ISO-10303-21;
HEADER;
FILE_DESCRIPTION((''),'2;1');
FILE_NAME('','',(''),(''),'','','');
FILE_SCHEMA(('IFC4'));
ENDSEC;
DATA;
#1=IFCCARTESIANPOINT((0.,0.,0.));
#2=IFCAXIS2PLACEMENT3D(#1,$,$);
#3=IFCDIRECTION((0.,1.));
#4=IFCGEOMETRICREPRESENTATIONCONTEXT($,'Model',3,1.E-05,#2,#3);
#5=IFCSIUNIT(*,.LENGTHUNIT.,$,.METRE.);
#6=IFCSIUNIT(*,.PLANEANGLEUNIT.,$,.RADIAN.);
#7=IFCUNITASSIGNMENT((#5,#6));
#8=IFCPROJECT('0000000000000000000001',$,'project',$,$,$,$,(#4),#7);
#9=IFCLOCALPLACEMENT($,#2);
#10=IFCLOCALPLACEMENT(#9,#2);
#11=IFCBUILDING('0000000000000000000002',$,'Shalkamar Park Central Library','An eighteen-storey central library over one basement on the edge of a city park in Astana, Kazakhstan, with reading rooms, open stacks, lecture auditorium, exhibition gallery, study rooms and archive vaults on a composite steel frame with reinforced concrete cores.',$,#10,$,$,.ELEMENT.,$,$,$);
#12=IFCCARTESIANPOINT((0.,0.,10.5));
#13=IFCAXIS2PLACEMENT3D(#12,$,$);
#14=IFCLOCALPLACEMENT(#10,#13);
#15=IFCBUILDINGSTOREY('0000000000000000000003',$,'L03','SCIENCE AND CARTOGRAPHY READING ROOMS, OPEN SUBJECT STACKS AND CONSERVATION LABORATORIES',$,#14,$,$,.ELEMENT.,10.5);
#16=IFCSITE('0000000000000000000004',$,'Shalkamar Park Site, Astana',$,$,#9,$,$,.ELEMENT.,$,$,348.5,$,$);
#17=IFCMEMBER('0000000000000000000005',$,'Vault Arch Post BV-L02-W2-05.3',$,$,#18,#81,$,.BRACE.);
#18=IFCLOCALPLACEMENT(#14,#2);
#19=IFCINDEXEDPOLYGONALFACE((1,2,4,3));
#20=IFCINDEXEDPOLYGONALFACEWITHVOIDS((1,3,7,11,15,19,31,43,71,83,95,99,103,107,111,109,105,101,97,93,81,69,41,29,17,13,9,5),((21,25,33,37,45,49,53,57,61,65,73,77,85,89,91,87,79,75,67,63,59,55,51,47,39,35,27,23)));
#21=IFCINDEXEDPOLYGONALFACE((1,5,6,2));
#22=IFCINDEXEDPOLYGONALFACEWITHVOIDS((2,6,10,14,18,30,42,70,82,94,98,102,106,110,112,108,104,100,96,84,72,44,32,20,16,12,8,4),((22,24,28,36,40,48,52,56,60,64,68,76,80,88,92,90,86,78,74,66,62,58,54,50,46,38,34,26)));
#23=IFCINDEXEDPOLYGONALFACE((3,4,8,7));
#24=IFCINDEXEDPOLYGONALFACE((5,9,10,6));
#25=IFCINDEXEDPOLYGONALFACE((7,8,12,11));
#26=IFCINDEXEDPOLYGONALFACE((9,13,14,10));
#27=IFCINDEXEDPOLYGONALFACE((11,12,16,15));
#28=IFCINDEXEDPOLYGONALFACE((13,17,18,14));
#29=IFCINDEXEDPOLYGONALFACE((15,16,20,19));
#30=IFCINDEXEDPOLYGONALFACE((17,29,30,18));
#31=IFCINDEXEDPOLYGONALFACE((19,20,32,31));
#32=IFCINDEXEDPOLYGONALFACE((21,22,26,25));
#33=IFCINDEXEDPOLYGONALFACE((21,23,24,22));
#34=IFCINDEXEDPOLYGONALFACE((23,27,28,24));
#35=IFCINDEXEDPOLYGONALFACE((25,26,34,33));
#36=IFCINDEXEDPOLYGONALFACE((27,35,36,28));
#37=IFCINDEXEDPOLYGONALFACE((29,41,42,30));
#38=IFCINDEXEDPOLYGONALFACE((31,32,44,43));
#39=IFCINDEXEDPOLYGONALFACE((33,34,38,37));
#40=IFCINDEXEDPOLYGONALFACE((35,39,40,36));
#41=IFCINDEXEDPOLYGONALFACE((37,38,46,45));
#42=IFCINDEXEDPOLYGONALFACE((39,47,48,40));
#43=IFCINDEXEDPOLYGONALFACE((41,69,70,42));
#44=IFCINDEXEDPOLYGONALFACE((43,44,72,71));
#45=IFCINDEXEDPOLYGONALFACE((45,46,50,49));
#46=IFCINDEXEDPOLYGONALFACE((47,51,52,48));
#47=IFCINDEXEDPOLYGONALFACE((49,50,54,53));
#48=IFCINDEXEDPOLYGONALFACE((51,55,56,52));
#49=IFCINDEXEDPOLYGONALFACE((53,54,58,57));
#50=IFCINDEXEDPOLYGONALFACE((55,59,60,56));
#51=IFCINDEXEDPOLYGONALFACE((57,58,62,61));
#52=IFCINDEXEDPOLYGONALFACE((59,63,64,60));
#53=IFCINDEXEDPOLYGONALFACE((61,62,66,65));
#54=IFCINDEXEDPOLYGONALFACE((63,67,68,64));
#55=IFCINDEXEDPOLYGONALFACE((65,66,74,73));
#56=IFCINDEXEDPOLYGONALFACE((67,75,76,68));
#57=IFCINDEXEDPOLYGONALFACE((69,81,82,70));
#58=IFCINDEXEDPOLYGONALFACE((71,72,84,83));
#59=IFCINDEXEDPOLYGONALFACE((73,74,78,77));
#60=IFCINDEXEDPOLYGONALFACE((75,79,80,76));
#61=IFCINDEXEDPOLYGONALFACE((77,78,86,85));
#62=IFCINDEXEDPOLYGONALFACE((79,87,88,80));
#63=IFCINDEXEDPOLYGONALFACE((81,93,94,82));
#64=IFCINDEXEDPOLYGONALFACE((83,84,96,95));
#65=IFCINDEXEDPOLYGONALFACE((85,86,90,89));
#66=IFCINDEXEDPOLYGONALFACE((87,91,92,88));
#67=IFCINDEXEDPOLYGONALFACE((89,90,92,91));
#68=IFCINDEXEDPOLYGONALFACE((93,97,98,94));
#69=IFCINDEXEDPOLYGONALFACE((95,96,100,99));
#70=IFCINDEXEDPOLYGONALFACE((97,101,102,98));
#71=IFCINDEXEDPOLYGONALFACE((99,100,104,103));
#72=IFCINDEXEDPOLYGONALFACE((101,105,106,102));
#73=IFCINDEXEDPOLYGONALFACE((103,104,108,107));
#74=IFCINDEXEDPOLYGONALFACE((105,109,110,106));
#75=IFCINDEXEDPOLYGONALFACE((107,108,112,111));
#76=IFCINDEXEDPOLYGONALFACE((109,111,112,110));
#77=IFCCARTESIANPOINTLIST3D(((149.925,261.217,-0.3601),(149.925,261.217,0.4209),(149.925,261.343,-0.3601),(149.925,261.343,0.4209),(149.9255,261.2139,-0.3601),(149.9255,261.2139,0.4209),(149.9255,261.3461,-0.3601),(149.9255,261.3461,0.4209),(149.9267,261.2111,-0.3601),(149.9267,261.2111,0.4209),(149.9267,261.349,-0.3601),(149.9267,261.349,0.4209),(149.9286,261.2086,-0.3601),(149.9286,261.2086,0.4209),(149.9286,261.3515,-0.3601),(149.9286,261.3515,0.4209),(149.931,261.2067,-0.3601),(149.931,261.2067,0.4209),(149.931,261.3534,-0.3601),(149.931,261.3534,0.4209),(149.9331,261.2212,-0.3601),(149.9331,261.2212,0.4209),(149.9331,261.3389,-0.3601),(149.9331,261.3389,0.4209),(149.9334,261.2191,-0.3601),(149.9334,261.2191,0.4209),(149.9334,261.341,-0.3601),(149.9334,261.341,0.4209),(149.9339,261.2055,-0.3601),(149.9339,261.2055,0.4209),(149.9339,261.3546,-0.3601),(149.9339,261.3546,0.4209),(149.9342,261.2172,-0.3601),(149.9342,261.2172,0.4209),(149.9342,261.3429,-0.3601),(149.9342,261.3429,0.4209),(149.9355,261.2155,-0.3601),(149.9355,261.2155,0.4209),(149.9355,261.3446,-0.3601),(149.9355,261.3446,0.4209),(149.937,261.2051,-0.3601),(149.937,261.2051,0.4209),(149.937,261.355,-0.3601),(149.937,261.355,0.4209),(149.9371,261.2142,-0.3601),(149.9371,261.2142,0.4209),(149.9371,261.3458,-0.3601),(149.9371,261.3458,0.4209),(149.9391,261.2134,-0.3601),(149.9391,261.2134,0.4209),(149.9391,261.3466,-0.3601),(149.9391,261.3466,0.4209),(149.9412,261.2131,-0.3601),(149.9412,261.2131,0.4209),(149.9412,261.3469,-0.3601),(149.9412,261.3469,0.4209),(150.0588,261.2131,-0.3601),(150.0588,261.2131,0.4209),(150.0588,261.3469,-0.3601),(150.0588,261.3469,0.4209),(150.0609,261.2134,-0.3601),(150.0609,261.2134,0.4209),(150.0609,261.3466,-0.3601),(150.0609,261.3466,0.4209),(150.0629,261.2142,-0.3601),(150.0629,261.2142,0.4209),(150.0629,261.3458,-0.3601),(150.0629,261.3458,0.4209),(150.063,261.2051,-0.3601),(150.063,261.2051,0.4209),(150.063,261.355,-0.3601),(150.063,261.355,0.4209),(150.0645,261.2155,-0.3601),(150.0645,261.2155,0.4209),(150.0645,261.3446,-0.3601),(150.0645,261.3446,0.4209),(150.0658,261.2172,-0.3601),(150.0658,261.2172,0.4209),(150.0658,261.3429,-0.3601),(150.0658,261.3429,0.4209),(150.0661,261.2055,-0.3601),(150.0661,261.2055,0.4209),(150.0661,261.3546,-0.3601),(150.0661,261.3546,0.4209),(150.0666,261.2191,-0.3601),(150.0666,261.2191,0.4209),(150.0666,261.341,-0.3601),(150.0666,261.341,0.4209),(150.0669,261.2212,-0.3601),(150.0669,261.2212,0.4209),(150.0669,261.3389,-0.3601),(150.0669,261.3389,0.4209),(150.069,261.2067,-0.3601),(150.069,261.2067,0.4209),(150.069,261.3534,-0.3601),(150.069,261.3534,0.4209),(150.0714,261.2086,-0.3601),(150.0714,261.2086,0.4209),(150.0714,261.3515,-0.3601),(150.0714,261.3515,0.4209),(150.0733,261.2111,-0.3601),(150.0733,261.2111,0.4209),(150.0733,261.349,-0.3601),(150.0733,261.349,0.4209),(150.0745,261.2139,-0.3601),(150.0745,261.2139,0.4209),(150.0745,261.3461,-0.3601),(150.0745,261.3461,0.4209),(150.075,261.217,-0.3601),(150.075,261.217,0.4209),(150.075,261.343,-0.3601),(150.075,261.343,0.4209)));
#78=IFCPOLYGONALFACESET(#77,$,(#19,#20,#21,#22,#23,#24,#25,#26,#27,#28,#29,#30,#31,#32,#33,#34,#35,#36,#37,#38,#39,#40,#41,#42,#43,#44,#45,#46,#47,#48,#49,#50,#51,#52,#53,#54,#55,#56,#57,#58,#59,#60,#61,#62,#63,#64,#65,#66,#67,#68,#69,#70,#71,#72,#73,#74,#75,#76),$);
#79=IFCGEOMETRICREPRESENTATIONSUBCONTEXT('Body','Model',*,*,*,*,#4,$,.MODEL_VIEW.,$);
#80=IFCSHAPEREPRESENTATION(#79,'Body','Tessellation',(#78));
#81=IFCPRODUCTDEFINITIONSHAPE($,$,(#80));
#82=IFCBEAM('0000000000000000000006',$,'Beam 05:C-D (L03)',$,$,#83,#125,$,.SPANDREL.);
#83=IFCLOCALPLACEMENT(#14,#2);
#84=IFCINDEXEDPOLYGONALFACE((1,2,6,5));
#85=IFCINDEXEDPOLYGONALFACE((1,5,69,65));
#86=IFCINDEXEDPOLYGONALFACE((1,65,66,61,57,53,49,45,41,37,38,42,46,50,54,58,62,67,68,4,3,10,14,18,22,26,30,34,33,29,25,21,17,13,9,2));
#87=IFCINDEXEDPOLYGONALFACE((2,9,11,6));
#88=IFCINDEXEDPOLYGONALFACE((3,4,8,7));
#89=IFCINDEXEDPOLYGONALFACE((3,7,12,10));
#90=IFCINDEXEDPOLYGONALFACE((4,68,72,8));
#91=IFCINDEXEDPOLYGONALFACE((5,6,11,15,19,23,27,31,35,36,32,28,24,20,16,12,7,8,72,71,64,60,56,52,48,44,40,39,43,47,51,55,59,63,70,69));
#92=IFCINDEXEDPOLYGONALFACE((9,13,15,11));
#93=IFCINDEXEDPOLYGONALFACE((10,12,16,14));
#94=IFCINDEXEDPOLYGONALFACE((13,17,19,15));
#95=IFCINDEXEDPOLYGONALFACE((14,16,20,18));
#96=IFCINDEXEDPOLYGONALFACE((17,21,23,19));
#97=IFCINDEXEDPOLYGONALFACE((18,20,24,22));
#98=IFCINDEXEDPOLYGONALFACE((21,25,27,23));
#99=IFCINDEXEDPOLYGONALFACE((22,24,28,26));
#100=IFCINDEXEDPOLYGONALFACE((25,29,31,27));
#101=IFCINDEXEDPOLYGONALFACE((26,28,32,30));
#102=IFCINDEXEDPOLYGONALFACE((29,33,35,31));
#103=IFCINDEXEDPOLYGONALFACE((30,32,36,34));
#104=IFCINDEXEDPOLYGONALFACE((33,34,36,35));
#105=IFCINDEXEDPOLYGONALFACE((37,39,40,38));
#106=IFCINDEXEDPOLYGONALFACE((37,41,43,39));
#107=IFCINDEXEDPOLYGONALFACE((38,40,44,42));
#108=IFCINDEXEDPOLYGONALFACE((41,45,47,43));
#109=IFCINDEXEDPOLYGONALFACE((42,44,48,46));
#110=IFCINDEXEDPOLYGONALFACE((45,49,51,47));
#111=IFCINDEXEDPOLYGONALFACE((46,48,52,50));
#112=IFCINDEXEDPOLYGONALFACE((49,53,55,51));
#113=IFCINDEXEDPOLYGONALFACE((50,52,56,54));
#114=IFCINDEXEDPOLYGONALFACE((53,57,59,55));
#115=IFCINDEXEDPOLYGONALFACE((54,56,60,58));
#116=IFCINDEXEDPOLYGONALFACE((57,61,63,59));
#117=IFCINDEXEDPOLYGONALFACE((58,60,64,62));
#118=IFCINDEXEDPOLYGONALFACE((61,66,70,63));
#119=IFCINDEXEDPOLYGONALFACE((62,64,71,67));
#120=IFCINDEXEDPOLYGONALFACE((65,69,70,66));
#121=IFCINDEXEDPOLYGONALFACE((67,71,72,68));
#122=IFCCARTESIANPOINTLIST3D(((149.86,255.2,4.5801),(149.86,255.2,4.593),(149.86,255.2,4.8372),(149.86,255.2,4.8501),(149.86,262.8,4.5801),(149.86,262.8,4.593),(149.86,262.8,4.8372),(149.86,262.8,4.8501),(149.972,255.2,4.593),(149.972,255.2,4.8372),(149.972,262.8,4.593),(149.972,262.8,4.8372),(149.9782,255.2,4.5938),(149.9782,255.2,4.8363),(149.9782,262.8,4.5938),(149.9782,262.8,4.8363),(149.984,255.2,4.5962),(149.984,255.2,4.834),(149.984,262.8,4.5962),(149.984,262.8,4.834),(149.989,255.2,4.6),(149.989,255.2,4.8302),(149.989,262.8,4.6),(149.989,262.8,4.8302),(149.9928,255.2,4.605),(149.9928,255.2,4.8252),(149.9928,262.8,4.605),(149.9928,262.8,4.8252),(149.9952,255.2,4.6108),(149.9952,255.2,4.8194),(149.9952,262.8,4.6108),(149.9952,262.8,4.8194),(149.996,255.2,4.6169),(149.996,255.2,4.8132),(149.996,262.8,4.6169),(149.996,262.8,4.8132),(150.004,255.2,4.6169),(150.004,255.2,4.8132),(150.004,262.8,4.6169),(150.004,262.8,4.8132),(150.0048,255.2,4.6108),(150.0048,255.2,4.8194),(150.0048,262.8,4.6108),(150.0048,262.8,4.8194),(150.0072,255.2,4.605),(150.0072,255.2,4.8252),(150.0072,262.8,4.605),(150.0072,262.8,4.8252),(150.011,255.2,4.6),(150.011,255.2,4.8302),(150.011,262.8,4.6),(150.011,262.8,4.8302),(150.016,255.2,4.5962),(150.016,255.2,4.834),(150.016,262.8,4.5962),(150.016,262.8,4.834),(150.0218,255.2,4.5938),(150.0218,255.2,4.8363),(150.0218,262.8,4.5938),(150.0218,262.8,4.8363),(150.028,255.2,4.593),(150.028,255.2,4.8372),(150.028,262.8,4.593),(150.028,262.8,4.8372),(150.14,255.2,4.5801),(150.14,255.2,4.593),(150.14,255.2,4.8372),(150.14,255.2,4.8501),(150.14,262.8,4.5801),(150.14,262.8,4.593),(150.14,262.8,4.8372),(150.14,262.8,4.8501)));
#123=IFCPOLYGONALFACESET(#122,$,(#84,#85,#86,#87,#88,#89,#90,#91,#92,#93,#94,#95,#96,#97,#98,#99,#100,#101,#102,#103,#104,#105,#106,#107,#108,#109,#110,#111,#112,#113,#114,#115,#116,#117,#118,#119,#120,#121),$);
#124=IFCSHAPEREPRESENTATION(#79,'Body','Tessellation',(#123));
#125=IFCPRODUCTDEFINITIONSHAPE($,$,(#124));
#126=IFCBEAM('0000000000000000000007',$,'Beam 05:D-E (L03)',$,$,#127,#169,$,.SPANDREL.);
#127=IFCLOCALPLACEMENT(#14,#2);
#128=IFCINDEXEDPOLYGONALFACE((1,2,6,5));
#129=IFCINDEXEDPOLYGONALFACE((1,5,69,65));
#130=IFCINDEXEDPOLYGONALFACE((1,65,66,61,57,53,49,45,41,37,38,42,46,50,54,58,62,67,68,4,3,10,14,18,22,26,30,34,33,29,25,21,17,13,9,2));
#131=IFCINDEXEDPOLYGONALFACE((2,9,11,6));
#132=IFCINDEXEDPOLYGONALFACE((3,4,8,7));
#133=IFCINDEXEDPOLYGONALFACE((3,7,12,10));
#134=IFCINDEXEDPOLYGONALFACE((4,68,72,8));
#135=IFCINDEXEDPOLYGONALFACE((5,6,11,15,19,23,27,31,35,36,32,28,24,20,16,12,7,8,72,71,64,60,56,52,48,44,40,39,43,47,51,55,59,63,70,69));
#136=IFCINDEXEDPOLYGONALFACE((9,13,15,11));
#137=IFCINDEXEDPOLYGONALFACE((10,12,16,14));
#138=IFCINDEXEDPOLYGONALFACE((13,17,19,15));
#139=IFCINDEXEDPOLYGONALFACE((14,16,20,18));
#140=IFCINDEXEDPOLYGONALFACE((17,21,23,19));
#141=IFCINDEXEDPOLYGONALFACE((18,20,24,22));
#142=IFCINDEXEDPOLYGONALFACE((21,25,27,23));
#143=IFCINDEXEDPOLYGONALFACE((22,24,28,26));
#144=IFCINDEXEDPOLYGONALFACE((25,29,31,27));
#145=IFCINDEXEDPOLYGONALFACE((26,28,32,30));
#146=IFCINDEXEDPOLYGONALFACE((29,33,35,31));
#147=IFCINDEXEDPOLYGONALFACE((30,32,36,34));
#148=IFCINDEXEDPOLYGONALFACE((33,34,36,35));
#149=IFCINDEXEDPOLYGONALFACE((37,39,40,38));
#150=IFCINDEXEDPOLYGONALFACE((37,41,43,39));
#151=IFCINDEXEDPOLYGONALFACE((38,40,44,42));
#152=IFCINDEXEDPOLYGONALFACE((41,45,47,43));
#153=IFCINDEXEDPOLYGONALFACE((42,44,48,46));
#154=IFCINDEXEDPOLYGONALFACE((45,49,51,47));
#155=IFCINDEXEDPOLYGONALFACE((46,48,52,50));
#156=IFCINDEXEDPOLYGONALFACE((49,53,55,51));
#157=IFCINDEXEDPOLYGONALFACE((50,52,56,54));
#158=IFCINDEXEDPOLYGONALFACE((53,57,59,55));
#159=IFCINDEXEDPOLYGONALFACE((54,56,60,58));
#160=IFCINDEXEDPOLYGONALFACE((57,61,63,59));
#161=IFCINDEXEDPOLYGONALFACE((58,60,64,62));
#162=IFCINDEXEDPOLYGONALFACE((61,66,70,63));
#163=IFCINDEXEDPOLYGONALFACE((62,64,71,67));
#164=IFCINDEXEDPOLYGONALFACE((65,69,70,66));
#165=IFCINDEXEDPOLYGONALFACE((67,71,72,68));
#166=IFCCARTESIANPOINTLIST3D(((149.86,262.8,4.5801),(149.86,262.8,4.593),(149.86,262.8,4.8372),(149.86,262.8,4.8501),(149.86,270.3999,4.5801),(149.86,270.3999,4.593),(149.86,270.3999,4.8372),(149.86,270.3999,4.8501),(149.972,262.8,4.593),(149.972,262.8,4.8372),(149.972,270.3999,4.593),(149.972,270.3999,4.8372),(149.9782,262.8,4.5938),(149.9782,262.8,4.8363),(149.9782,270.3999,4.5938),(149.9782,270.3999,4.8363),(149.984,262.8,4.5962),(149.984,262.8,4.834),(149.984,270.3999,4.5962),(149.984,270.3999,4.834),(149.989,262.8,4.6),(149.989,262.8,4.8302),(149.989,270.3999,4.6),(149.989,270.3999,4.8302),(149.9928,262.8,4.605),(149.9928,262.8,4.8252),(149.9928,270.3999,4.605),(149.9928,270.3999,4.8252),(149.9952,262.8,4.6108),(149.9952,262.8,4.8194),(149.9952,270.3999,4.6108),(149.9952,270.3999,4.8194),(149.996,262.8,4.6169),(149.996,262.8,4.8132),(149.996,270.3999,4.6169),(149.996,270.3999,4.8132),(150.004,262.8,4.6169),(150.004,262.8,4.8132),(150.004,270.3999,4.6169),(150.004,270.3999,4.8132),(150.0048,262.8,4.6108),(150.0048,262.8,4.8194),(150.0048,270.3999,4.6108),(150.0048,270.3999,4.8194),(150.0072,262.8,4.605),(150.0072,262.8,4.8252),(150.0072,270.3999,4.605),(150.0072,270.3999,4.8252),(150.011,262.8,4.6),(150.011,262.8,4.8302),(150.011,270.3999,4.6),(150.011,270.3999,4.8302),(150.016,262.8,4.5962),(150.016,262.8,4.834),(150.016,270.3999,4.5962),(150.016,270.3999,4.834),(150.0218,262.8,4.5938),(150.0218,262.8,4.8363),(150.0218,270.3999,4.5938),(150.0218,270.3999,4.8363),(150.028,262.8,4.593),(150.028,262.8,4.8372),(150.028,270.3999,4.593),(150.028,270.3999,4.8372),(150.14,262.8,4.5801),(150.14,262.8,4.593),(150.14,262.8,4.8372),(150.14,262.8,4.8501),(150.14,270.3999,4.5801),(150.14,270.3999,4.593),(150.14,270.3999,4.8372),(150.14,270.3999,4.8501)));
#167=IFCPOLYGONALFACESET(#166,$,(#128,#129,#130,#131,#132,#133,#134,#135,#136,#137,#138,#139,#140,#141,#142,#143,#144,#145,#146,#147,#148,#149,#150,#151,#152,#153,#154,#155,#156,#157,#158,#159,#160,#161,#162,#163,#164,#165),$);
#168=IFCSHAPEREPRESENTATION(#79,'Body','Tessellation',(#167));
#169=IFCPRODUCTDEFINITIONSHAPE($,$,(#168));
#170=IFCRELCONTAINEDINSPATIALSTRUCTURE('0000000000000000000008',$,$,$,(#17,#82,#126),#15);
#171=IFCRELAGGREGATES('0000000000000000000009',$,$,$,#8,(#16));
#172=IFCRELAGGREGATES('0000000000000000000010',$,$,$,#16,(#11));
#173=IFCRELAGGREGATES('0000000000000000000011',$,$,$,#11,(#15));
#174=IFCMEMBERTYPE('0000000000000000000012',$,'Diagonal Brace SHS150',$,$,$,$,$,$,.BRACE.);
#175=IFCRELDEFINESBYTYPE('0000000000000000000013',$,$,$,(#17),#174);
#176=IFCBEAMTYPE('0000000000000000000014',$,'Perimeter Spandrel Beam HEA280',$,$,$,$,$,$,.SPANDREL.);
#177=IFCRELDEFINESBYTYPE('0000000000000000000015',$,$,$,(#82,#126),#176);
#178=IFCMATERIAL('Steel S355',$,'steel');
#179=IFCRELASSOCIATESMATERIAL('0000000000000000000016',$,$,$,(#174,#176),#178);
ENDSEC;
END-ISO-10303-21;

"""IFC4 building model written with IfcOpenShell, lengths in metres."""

from ifc_helpers import new_model, si_unit, direction, frame, origin, origin_2d, place, context, subcontext, project, spatial, hollow_rectangle, i_section, extrude, material, material_profile, profile_set, type_object, element, save


model = new_model("IFC4")

# Units and contexts
model_context = context("Model", 3, precision=1e-05, world=origin(), true_north=direction((0.0, 1.0)))
body_context = subcontext(model_context, "Body", "Model", "MODEL_VIEW")
ifc_project = project(units=[si_unit("LENGTHUNIT", "METRE"), si_unit("PLANEANGLEUNIT", "RADIAN")], contexts=[model_context])

# Site, building, storey
site_placement = place(None, origin())
site = spatial("IfcSite", under=ifc_project, at=site_placement, Name="Shalkamar Park Site, Astana", CompositionType="ELEMENT", RefElevation=348.5)
building_placement = place(site_placement, origin())
building = spatial("IfcBuilding", under=site, at=building_placement, Name="Shalkamar Park Central Library", Description="An eighteen-storey central library over one basement on the edge of a city park in Astana, Kazakhstan, with reading rooms, open stacks, lecture auditorium, exhibition gallery, study rooms and archive vaults on a composite steel frame with reinforced concrete cores.", CompositionType="ELEMENT")
storey_placement = place(building_placement, frame((0.0, 0.0, 10.5)))
storey = spatial("IfcBuildingStorey", under=building, at=storey_placement, Name="L03", Description="SCIENCE AND CARTOGRAPHY READING ROOMS, OPEN SUBJECT STACKS AND CONSERVATION LABORATORIES", CompositionType="ELEMENT", Elevation=10.5)

# Shared definitions
ifc_material_1 = material(Name="Steel S355", Category="steel")

# Member
ifc_material_profile_1 = material_profile(ifc_material_1, hollow_rectangle(XDim=0.1499, YDim=0.1499, WallThickness=0.0081, InnerFilletRadius=0.0081, OuterFilletRadius=0.012, at=origin_2d()), Name="SHS 150x150x8")
ifc_profile_set_1 = profile_set([ifc_material_profile_1], Name="Steel S355")
member_type = type_object("IfcMemberType", Name="Diagonal Brace SHS150", PredefinedType="BRACE", material=ifc_profile_set_1)
member_1_placement = place(storey_placement, frame((150.0, 261.28, -0.3601), z_axis=(0.0, 0.0, 1.0), x_axis=(1.0, 0.0, 0.0)))
element("IfcMember", 1, at=member_1_placement, inside=storey, type_object=member_type, Name="Vault Arch Post BV-L02-W2-05.3", PredefinedType="BRACE", context=body_context, shape_type="SweptSolid", body=[
    extrude(hollow_rectangle(XDim=0.1499, YDim=0.1499, WallThickness=0.0081, InnerFilletRadius=0.0081, OuterFilletRadius=0.012, at=origin_2d()), origin(), (0.0, 0.0, 1.0), 0.781),
])

# Beams
ifc_material_profile_2 = material_profile(ifc_material_1, i_section(OverallWidth=0.28, OverallDepth=0.27, WebThickness=0.0081, FlangeThickness=0.0129, FilletRadius=0.0239, at=origin_2d()), Name="HEA 280")
ifc_profile_set_2 = profile_set([ifc_material_profile_2], Name="Steel S355")
beam_type_1 = type_object("IfcBeamType", Name="Perimeter Spandrel Beam HEA280", PredefinedType="SPANDREL", material=ifc_profile_set_2)
beam_1_placement = place(storey_placement, frame((150.0, 255.2, 4.7151), z_axis=(0.0, 1.0, 0.0), x_axis=(-1.0, 0.0, 0.0)))
element("IfcBeam", 2, at=beam_1_placement, inside=storey, type_object=beam_type_1, Name="Beam 05:C-D (L03)", PredefinedType="SPANDREL", context=body_context, shape_type="SweptSolid", body=[
    extrude(i_section(OverallWidth=0.28, OverallDepth=0.27, WebThickness=0.0081, FlangeThickness=0.0129, FilletRadius=0.0239, at=origin_2d()), origin(), (0.0, 0.0, 1.0), 7.6001),
])
beam_2_placement = place(storey_placement, frame((150.0, 262.8, 4.7151), z_axis=(0.0, 1.0, 0.0), x_axis=(-1.0, 0.0, 0.0)))
element("IfcBeam", 3, at=beam_2_placement, inside=storey, type_object=beam_type_1, Name="Beam 05:D-E (L03)", PredefinedType="SPANDREL", context=body_context, shape_type="SweptSolid", body=[
    extrude(i_section(OverallWidth=0.28, OverallDepth=0.27, WebThickness=0.0081, FlangeThickness=0.0129, FilletRadius=0.0239, at=origin_2d()), origin(), (0.0, 0.0, 1.0), 7.5999),
])

save(model, "model.ifc")
